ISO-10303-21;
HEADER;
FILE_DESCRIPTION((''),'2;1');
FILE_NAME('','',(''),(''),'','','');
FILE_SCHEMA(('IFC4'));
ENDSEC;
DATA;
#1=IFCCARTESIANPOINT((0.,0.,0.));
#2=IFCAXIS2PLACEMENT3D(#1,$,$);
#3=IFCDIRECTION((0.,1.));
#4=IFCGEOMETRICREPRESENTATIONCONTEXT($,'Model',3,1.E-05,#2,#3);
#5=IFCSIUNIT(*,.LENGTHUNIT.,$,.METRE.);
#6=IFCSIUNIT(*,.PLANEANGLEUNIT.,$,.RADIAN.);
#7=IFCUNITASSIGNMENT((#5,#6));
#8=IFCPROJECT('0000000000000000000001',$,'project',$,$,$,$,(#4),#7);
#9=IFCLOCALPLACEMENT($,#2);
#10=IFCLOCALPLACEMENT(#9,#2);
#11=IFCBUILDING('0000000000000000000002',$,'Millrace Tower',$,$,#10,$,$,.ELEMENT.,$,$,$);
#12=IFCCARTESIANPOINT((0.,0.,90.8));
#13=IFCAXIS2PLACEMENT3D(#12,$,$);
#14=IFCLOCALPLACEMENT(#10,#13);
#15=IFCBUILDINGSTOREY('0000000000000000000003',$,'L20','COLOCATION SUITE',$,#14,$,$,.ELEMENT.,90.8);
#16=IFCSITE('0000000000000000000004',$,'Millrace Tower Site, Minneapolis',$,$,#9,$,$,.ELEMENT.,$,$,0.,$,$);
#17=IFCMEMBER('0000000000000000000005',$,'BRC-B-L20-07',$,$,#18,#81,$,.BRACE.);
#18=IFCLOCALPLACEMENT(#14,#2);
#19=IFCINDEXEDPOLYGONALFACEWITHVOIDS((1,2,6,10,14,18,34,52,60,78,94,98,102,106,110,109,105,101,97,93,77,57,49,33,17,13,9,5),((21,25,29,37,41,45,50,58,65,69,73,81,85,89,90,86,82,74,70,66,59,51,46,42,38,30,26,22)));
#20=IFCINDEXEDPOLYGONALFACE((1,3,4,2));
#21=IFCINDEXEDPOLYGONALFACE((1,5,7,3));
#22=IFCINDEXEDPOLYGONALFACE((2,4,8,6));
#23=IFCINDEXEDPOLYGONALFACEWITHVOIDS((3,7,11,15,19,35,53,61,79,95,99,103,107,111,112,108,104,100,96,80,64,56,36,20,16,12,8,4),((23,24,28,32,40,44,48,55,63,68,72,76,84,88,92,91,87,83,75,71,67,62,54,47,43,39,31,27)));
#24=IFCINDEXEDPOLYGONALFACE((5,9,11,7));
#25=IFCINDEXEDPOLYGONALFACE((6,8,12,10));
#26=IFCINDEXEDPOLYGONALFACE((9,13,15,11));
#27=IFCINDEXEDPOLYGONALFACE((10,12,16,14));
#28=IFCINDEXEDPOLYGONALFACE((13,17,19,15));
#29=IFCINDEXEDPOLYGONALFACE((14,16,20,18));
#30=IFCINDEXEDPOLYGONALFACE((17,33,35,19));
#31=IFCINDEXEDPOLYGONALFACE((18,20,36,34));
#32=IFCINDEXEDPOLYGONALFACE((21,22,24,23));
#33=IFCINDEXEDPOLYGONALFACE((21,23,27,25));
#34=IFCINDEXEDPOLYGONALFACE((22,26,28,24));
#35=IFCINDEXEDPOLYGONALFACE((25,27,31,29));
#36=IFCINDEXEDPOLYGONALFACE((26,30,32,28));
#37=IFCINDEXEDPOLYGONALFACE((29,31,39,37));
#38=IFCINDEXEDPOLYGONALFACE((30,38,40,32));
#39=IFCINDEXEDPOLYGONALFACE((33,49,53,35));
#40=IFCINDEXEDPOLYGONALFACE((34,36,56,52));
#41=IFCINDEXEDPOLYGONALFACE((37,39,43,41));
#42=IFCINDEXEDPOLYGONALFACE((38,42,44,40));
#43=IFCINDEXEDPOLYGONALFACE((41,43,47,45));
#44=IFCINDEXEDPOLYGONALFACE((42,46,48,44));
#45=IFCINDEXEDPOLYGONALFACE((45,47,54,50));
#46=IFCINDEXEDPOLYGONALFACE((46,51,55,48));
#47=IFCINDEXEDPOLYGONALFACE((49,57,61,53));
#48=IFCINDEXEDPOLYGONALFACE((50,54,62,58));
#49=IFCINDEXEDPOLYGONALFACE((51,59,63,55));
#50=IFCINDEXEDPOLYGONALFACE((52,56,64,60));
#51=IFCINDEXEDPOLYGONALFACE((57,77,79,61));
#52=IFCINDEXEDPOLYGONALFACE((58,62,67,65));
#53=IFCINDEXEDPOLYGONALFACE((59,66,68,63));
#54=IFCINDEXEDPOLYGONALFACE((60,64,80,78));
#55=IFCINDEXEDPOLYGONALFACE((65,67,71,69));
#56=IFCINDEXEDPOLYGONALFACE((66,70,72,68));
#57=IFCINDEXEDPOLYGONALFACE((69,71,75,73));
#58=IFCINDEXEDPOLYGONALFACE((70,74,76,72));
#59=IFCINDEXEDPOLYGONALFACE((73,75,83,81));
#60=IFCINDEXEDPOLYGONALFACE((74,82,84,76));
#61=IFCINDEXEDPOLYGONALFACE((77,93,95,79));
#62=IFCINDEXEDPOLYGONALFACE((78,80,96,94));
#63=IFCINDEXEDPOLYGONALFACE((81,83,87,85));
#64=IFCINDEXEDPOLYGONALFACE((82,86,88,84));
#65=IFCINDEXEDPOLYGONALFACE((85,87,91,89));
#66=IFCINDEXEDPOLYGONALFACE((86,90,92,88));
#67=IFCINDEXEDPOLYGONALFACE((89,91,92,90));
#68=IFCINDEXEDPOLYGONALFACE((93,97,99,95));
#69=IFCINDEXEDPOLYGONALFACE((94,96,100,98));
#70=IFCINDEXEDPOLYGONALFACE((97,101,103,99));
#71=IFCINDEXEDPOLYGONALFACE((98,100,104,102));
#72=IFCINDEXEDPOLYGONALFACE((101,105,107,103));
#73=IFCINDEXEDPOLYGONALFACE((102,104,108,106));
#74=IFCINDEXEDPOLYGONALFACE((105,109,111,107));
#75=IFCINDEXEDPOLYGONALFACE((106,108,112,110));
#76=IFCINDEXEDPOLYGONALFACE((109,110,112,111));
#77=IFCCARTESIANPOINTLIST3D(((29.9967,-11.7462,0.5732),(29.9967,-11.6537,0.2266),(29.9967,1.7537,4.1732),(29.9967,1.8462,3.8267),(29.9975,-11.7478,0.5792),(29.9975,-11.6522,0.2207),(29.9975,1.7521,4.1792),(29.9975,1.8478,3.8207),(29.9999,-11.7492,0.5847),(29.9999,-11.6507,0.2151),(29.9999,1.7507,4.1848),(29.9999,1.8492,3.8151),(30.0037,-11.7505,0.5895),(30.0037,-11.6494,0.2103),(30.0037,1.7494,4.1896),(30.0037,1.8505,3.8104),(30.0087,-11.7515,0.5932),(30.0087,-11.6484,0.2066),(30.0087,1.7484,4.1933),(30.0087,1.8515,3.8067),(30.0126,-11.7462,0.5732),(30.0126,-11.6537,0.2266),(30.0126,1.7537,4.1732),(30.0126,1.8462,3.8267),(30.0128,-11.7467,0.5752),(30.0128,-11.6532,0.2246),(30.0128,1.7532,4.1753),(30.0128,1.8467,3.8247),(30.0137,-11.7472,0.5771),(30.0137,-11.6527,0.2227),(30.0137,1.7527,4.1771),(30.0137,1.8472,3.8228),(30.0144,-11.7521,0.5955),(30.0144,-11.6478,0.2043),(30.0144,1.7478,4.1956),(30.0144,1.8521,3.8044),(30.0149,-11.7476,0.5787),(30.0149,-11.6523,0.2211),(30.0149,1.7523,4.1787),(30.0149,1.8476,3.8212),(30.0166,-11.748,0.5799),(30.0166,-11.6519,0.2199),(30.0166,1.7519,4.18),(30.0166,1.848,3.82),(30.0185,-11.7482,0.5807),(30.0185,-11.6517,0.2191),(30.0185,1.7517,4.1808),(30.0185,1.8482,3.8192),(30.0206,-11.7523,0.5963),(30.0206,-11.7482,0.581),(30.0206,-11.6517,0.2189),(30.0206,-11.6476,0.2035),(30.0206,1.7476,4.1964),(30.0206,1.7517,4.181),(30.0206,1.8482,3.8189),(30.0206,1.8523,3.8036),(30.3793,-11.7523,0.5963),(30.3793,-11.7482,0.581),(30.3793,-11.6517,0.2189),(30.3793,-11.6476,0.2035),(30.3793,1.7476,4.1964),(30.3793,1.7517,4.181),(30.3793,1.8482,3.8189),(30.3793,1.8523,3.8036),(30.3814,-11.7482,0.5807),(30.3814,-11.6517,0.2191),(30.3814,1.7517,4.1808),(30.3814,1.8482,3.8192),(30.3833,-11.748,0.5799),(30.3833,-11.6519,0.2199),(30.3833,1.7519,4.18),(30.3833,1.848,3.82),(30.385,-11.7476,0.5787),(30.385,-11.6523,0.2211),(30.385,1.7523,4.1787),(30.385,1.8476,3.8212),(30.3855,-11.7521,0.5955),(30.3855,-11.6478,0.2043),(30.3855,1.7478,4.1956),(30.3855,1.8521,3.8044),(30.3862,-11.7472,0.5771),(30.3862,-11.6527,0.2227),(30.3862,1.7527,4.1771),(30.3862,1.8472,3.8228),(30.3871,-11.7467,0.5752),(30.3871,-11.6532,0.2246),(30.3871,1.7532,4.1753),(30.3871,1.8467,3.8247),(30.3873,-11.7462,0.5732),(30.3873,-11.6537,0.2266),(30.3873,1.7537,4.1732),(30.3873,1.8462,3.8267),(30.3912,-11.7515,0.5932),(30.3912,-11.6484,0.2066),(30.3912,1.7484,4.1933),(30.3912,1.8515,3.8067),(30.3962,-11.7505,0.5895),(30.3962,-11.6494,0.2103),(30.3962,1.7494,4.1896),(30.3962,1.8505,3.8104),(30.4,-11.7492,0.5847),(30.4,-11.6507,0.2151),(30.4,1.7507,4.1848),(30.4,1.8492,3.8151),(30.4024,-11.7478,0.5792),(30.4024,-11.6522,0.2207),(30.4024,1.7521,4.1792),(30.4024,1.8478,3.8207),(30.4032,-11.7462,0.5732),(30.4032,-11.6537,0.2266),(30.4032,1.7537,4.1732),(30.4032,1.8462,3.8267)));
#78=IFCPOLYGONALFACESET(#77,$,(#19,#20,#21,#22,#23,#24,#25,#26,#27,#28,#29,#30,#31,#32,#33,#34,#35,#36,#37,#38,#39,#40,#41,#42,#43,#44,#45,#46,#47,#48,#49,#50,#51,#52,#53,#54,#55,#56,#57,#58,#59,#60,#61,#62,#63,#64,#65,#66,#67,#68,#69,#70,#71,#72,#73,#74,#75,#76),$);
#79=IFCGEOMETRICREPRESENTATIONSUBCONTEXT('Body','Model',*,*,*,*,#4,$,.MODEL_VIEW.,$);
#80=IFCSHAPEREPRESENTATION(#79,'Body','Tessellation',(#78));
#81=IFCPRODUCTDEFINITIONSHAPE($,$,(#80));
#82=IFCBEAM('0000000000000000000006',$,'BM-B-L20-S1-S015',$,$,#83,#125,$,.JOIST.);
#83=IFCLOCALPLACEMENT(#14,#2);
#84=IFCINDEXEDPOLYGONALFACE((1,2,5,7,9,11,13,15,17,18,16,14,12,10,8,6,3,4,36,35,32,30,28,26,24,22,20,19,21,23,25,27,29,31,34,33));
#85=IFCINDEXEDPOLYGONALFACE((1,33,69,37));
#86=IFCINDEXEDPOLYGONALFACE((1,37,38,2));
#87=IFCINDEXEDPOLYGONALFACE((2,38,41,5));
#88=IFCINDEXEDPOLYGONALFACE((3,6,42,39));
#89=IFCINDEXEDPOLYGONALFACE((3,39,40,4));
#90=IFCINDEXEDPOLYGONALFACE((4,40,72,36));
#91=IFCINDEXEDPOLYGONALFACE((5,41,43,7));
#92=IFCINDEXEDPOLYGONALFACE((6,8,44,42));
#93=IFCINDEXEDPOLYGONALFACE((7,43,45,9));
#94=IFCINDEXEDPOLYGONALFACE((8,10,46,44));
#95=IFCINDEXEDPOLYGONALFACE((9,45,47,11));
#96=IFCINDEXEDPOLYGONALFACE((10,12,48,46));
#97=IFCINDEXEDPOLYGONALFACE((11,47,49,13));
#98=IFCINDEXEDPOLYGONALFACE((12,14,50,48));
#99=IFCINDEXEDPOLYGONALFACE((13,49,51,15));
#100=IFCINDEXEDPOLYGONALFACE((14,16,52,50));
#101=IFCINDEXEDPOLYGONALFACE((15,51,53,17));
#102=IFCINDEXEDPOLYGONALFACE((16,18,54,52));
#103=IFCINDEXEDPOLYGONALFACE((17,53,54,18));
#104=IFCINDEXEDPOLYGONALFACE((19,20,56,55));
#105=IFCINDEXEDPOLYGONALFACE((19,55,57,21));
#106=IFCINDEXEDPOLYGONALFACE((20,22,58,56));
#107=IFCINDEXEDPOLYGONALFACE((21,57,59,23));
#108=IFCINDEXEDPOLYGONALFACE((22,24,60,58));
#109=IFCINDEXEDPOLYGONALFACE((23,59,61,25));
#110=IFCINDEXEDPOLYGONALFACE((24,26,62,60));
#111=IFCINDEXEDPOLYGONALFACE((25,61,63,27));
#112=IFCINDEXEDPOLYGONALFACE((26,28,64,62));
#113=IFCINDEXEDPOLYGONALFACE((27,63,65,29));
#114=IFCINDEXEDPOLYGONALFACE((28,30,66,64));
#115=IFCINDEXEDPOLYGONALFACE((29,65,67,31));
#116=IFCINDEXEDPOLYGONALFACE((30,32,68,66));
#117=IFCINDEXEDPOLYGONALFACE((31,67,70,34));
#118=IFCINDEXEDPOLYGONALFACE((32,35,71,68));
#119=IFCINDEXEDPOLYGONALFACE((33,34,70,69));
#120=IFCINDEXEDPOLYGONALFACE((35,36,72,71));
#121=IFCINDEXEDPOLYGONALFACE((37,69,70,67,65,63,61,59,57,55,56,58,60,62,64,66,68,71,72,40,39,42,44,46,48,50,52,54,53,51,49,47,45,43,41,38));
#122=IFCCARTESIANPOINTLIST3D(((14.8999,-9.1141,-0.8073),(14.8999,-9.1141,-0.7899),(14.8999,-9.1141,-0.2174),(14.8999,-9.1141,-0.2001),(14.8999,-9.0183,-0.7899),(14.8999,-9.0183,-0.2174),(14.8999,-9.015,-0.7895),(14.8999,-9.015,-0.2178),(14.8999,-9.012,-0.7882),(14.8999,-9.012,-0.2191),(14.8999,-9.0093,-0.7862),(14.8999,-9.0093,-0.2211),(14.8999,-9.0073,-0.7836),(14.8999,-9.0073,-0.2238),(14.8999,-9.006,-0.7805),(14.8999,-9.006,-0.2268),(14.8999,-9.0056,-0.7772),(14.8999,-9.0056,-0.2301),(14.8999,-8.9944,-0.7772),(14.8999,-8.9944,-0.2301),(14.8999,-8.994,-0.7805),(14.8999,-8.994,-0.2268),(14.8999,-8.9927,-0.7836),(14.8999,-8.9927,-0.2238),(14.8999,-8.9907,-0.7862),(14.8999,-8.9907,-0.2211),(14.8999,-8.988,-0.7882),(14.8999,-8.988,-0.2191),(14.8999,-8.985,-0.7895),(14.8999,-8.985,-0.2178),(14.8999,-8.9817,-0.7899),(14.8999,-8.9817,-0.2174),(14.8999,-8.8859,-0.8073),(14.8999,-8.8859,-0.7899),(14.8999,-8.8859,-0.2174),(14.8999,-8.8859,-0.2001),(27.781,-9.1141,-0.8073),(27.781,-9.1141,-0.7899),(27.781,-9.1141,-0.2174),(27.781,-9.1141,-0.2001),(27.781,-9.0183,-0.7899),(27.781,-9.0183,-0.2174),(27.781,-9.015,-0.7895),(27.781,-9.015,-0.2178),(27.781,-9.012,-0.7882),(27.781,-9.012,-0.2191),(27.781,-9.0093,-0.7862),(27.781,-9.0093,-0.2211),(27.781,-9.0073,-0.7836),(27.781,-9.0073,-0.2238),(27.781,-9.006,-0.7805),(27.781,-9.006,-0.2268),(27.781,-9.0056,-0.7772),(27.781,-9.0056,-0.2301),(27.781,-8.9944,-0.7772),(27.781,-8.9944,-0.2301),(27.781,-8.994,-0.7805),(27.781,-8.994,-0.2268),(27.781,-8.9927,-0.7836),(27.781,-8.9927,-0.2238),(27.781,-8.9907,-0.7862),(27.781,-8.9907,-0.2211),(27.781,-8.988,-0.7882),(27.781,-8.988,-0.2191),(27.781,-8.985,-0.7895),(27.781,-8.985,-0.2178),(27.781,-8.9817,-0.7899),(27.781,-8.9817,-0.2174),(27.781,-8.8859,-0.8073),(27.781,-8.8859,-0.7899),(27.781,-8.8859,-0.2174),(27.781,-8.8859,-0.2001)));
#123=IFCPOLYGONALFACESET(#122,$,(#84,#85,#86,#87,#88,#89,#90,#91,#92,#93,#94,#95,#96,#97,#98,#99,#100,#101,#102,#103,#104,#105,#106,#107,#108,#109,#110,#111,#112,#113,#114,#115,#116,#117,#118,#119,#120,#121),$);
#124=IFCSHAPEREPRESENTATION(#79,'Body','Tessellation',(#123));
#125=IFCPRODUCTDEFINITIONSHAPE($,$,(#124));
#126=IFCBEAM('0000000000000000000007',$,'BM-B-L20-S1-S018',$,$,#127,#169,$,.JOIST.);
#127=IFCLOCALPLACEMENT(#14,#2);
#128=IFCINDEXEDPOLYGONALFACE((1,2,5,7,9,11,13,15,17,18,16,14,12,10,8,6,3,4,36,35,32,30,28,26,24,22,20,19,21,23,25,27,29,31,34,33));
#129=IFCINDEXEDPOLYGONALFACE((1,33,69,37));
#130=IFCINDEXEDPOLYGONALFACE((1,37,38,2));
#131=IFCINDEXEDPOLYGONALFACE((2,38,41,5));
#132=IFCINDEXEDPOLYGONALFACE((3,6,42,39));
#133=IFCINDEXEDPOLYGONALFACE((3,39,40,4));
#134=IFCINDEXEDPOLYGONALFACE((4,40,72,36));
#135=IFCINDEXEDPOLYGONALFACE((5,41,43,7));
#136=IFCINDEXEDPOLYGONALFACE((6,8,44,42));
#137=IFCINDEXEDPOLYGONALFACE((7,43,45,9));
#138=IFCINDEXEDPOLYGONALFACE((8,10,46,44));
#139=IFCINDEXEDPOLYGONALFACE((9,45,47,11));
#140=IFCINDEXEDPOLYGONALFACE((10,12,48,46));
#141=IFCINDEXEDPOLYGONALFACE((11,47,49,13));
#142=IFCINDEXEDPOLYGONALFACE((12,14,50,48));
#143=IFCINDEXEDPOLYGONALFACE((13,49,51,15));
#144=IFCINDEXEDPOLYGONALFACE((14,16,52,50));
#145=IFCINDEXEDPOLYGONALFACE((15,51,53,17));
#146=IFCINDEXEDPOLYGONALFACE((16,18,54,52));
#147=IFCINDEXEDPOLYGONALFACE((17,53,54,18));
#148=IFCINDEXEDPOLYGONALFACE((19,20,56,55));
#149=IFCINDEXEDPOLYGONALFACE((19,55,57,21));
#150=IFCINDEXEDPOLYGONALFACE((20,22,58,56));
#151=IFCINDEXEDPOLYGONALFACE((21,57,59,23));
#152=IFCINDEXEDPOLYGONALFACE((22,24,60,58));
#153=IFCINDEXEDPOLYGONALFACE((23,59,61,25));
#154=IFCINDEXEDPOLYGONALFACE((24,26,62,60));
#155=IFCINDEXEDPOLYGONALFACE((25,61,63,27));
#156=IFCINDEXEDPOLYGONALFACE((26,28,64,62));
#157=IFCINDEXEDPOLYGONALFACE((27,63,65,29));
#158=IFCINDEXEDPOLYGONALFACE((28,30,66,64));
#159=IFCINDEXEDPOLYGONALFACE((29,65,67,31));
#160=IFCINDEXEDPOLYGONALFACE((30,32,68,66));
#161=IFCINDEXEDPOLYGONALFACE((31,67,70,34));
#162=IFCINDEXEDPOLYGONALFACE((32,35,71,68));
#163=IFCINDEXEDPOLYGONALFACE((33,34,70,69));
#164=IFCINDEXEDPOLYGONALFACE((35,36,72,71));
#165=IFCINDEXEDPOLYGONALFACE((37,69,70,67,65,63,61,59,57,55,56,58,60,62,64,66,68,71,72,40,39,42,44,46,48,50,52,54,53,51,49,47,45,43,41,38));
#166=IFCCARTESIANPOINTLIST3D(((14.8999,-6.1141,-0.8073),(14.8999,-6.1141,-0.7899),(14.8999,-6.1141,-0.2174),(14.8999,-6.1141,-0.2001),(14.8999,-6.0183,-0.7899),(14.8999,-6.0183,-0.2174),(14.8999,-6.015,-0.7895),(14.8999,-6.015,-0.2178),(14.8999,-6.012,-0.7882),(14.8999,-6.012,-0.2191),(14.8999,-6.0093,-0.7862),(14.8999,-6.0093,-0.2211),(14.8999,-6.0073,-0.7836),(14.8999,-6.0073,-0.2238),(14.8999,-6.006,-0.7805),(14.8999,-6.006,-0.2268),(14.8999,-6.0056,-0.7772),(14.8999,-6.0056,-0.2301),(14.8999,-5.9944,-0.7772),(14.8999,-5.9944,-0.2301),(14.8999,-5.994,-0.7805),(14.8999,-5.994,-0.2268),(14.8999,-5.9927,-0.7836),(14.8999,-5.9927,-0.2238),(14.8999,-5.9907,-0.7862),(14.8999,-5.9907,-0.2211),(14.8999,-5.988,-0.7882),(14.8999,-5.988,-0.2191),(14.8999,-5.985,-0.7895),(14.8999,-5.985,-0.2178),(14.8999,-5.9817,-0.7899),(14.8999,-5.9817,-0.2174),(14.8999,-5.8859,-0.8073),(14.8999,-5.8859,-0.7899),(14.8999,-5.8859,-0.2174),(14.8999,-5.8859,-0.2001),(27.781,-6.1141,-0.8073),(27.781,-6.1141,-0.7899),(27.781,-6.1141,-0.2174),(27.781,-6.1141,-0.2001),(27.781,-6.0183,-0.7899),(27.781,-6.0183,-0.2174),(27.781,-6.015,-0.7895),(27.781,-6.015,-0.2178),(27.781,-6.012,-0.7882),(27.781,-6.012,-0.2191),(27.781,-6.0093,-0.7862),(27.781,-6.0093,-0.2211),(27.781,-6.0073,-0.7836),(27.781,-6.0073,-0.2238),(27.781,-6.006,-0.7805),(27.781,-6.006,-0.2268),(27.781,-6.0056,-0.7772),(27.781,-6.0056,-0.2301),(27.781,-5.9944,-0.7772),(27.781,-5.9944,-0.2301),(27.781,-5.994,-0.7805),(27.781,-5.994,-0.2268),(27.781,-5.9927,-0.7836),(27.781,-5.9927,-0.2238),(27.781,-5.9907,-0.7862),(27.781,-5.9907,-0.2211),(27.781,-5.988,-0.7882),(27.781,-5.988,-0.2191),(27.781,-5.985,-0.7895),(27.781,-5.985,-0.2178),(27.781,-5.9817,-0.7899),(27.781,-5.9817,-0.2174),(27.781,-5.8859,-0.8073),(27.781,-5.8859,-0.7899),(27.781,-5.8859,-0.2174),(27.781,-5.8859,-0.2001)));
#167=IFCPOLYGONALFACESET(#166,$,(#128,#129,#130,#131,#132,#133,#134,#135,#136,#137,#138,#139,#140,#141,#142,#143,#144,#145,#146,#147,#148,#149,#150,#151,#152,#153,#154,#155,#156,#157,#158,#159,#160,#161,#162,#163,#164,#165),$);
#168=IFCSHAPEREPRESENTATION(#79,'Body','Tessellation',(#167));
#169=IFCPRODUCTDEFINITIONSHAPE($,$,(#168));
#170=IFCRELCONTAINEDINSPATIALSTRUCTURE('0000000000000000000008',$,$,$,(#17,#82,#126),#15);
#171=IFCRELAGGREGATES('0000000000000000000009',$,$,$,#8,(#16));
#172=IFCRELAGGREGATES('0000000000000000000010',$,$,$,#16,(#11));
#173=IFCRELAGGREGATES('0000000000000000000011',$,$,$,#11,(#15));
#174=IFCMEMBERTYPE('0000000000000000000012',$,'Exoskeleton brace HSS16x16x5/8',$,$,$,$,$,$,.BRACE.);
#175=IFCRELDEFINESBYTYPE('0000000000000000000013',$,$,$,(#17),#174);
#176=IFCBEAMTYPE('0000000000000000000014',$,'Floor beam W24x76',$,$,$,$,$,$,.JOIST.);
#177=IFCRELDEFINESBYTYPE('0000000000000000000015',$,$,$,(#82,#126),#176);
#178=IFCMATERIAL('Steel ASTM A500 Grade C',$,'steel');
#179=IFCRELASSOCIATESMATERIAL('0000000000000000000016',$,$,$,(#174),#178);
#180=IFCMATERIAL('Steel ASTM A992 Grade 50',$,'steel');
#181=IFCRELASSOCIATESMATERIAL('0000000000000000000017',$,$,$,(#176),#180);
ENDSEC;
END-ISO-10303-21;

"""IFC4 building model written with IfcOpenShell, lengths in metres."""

from ifc_helpers import new_model, si_unit, direction, frame, origin, origin_2d, place, context, subcontext, project, spatial, hollow_rectangle, i_section, extrude, material, material_profile, profile_set, type_object, element, save


model = new_model("IFC4")

# Units and contexts
model_context = context("Model", 3, precision=1e-05, world=origin(), true_north=direction((0.0, 1.0)))
body_context = subcontext(model_context, "Body", "Model", "MODEL_VIEW")
ifc_project = project(units=[si_unit("LENGTHUNIT", "METRE"), si_unit("PLANEANGLEUNIT", "RADIAN")], contexts=[model_context])

# Site, building, storey
site_placement = place(None, origin())
site = spatial("IfcSite", under=ifc_project, at=site_placement, Name="Millrace Tower Site, Minneapolis", CompositionType="ELEMENT", RefElevation=0.0)
building_placement = place(site_placement, origin())
building = spatial("IfcBuilding", under=site, at=building_placement, Name="Millrace Tower", CompositionType="ELEMENT")
storey_placement = place(building_placement, frame((0.0, 0.0, 90.8)))
storey = spatial("IfcBuildingStorey", under=building, at=storey_placement, Name="L20", Description="COLOCATION SUITE", CompositionType="ELEMENT", Elevation=90.8)

# Member
ifc_material_1 = material(Name="Steel ASTM A500 Grade C", Category="steel")
ifc_material_profile_1 = material_profile(ifc_material_1, hollow_rectangle(XDim=0.4065, YDim=0.4065, WallThickness=0.0159, InnerFilletRadius=0.0081, OuterFilletRadius=0.0239, at=origin_2d()))
ifc_profile_set_1 = profile_set([ifc_material_profile_1], Name="Steel ASTM A500 Grade C")
member_type_1 = type_object("IfcMemberType", Name="Exoskeleton brace HSS16x16x5/8", PredefinedType="BRACE", material=ifc_profile_set_1)
member_1_placement = place(storey_placement, frame((30.2, -11.7, 0.3999), z_axis=(0.0, 0.966233, 0.257669), x_axis=(-1.0, 0.0, 0.0)))
element("IfcMember", 1, at=member_1_placement, inside=storey, type_object=member_type_1, Name="BRC-B-L20-07", PredefinedType="BRACE", context=body_context, shape_type="SweptSolid", body=[
    extrude(hollow_rectangle(XDim=0.4065, YDim=0.4065, WallThickness=0.0159, InnerFilletRadius=0.0081, OuterFilletRadius=0.0239, at=origin_2d()), origin(), (0.0, 0.0, 1.0), 13.9717),
])

# Beams
ifc_material_2 = material(Name="Steel ASTM A992 Grade 50", Category="steel")
ifc_material_profile_2 = material_profile(ifc_material_2, i_section(OverallWidth=0.2283, OverallDepth=0.6072, WebThickness=0.0112, FlangeThickness=0.0173, FilletRadius=0.0127, at=origin_2d()))
ifc_profile_set_2 = profile_set([ifc_material_profile_2], Name="Steel ASTM A992 Grade 50")
beam_type_1 = type_object("IfcBeamType", Name="Floor beam W24x76", PredefinedType="JOIST", material=ifc_profile_set_2)
for number, where, z_axis, x_axis, name in (
    (2, (14.8999, -9.0, -0.5037), (1.0, 0.0, 0.0), (0.0, 1.0, 0.0), "BM-B-L20-S1-S015"),
    (3, (14.8999, -6.0, -0.5037), (1.0, 0.0, 0.0), (0.0, 1.0, 0.0), "BM-B-L20-S1-S018"),
):
    element("IfcBeam", number, at=place(storey_placement, frame(where, z_axis=z_axis, x_axis=x_axis)), inside=storey, type_object=beam_type_1, Name=name, PredefinedType="JOIST", context=body_context, shape_type="SweptSolid", body=[
        extrude(i_section(OverallWidth=0.2283, OverallDepth=0.6072, WebThickness=0.0112, FlangeThickness=0.0173, FilletRadius=0.0127, at=origin_2d()), origin(), (0.0, 0.0, 1.0), 12.8811),
    ])

save(model, "model.ifc")
